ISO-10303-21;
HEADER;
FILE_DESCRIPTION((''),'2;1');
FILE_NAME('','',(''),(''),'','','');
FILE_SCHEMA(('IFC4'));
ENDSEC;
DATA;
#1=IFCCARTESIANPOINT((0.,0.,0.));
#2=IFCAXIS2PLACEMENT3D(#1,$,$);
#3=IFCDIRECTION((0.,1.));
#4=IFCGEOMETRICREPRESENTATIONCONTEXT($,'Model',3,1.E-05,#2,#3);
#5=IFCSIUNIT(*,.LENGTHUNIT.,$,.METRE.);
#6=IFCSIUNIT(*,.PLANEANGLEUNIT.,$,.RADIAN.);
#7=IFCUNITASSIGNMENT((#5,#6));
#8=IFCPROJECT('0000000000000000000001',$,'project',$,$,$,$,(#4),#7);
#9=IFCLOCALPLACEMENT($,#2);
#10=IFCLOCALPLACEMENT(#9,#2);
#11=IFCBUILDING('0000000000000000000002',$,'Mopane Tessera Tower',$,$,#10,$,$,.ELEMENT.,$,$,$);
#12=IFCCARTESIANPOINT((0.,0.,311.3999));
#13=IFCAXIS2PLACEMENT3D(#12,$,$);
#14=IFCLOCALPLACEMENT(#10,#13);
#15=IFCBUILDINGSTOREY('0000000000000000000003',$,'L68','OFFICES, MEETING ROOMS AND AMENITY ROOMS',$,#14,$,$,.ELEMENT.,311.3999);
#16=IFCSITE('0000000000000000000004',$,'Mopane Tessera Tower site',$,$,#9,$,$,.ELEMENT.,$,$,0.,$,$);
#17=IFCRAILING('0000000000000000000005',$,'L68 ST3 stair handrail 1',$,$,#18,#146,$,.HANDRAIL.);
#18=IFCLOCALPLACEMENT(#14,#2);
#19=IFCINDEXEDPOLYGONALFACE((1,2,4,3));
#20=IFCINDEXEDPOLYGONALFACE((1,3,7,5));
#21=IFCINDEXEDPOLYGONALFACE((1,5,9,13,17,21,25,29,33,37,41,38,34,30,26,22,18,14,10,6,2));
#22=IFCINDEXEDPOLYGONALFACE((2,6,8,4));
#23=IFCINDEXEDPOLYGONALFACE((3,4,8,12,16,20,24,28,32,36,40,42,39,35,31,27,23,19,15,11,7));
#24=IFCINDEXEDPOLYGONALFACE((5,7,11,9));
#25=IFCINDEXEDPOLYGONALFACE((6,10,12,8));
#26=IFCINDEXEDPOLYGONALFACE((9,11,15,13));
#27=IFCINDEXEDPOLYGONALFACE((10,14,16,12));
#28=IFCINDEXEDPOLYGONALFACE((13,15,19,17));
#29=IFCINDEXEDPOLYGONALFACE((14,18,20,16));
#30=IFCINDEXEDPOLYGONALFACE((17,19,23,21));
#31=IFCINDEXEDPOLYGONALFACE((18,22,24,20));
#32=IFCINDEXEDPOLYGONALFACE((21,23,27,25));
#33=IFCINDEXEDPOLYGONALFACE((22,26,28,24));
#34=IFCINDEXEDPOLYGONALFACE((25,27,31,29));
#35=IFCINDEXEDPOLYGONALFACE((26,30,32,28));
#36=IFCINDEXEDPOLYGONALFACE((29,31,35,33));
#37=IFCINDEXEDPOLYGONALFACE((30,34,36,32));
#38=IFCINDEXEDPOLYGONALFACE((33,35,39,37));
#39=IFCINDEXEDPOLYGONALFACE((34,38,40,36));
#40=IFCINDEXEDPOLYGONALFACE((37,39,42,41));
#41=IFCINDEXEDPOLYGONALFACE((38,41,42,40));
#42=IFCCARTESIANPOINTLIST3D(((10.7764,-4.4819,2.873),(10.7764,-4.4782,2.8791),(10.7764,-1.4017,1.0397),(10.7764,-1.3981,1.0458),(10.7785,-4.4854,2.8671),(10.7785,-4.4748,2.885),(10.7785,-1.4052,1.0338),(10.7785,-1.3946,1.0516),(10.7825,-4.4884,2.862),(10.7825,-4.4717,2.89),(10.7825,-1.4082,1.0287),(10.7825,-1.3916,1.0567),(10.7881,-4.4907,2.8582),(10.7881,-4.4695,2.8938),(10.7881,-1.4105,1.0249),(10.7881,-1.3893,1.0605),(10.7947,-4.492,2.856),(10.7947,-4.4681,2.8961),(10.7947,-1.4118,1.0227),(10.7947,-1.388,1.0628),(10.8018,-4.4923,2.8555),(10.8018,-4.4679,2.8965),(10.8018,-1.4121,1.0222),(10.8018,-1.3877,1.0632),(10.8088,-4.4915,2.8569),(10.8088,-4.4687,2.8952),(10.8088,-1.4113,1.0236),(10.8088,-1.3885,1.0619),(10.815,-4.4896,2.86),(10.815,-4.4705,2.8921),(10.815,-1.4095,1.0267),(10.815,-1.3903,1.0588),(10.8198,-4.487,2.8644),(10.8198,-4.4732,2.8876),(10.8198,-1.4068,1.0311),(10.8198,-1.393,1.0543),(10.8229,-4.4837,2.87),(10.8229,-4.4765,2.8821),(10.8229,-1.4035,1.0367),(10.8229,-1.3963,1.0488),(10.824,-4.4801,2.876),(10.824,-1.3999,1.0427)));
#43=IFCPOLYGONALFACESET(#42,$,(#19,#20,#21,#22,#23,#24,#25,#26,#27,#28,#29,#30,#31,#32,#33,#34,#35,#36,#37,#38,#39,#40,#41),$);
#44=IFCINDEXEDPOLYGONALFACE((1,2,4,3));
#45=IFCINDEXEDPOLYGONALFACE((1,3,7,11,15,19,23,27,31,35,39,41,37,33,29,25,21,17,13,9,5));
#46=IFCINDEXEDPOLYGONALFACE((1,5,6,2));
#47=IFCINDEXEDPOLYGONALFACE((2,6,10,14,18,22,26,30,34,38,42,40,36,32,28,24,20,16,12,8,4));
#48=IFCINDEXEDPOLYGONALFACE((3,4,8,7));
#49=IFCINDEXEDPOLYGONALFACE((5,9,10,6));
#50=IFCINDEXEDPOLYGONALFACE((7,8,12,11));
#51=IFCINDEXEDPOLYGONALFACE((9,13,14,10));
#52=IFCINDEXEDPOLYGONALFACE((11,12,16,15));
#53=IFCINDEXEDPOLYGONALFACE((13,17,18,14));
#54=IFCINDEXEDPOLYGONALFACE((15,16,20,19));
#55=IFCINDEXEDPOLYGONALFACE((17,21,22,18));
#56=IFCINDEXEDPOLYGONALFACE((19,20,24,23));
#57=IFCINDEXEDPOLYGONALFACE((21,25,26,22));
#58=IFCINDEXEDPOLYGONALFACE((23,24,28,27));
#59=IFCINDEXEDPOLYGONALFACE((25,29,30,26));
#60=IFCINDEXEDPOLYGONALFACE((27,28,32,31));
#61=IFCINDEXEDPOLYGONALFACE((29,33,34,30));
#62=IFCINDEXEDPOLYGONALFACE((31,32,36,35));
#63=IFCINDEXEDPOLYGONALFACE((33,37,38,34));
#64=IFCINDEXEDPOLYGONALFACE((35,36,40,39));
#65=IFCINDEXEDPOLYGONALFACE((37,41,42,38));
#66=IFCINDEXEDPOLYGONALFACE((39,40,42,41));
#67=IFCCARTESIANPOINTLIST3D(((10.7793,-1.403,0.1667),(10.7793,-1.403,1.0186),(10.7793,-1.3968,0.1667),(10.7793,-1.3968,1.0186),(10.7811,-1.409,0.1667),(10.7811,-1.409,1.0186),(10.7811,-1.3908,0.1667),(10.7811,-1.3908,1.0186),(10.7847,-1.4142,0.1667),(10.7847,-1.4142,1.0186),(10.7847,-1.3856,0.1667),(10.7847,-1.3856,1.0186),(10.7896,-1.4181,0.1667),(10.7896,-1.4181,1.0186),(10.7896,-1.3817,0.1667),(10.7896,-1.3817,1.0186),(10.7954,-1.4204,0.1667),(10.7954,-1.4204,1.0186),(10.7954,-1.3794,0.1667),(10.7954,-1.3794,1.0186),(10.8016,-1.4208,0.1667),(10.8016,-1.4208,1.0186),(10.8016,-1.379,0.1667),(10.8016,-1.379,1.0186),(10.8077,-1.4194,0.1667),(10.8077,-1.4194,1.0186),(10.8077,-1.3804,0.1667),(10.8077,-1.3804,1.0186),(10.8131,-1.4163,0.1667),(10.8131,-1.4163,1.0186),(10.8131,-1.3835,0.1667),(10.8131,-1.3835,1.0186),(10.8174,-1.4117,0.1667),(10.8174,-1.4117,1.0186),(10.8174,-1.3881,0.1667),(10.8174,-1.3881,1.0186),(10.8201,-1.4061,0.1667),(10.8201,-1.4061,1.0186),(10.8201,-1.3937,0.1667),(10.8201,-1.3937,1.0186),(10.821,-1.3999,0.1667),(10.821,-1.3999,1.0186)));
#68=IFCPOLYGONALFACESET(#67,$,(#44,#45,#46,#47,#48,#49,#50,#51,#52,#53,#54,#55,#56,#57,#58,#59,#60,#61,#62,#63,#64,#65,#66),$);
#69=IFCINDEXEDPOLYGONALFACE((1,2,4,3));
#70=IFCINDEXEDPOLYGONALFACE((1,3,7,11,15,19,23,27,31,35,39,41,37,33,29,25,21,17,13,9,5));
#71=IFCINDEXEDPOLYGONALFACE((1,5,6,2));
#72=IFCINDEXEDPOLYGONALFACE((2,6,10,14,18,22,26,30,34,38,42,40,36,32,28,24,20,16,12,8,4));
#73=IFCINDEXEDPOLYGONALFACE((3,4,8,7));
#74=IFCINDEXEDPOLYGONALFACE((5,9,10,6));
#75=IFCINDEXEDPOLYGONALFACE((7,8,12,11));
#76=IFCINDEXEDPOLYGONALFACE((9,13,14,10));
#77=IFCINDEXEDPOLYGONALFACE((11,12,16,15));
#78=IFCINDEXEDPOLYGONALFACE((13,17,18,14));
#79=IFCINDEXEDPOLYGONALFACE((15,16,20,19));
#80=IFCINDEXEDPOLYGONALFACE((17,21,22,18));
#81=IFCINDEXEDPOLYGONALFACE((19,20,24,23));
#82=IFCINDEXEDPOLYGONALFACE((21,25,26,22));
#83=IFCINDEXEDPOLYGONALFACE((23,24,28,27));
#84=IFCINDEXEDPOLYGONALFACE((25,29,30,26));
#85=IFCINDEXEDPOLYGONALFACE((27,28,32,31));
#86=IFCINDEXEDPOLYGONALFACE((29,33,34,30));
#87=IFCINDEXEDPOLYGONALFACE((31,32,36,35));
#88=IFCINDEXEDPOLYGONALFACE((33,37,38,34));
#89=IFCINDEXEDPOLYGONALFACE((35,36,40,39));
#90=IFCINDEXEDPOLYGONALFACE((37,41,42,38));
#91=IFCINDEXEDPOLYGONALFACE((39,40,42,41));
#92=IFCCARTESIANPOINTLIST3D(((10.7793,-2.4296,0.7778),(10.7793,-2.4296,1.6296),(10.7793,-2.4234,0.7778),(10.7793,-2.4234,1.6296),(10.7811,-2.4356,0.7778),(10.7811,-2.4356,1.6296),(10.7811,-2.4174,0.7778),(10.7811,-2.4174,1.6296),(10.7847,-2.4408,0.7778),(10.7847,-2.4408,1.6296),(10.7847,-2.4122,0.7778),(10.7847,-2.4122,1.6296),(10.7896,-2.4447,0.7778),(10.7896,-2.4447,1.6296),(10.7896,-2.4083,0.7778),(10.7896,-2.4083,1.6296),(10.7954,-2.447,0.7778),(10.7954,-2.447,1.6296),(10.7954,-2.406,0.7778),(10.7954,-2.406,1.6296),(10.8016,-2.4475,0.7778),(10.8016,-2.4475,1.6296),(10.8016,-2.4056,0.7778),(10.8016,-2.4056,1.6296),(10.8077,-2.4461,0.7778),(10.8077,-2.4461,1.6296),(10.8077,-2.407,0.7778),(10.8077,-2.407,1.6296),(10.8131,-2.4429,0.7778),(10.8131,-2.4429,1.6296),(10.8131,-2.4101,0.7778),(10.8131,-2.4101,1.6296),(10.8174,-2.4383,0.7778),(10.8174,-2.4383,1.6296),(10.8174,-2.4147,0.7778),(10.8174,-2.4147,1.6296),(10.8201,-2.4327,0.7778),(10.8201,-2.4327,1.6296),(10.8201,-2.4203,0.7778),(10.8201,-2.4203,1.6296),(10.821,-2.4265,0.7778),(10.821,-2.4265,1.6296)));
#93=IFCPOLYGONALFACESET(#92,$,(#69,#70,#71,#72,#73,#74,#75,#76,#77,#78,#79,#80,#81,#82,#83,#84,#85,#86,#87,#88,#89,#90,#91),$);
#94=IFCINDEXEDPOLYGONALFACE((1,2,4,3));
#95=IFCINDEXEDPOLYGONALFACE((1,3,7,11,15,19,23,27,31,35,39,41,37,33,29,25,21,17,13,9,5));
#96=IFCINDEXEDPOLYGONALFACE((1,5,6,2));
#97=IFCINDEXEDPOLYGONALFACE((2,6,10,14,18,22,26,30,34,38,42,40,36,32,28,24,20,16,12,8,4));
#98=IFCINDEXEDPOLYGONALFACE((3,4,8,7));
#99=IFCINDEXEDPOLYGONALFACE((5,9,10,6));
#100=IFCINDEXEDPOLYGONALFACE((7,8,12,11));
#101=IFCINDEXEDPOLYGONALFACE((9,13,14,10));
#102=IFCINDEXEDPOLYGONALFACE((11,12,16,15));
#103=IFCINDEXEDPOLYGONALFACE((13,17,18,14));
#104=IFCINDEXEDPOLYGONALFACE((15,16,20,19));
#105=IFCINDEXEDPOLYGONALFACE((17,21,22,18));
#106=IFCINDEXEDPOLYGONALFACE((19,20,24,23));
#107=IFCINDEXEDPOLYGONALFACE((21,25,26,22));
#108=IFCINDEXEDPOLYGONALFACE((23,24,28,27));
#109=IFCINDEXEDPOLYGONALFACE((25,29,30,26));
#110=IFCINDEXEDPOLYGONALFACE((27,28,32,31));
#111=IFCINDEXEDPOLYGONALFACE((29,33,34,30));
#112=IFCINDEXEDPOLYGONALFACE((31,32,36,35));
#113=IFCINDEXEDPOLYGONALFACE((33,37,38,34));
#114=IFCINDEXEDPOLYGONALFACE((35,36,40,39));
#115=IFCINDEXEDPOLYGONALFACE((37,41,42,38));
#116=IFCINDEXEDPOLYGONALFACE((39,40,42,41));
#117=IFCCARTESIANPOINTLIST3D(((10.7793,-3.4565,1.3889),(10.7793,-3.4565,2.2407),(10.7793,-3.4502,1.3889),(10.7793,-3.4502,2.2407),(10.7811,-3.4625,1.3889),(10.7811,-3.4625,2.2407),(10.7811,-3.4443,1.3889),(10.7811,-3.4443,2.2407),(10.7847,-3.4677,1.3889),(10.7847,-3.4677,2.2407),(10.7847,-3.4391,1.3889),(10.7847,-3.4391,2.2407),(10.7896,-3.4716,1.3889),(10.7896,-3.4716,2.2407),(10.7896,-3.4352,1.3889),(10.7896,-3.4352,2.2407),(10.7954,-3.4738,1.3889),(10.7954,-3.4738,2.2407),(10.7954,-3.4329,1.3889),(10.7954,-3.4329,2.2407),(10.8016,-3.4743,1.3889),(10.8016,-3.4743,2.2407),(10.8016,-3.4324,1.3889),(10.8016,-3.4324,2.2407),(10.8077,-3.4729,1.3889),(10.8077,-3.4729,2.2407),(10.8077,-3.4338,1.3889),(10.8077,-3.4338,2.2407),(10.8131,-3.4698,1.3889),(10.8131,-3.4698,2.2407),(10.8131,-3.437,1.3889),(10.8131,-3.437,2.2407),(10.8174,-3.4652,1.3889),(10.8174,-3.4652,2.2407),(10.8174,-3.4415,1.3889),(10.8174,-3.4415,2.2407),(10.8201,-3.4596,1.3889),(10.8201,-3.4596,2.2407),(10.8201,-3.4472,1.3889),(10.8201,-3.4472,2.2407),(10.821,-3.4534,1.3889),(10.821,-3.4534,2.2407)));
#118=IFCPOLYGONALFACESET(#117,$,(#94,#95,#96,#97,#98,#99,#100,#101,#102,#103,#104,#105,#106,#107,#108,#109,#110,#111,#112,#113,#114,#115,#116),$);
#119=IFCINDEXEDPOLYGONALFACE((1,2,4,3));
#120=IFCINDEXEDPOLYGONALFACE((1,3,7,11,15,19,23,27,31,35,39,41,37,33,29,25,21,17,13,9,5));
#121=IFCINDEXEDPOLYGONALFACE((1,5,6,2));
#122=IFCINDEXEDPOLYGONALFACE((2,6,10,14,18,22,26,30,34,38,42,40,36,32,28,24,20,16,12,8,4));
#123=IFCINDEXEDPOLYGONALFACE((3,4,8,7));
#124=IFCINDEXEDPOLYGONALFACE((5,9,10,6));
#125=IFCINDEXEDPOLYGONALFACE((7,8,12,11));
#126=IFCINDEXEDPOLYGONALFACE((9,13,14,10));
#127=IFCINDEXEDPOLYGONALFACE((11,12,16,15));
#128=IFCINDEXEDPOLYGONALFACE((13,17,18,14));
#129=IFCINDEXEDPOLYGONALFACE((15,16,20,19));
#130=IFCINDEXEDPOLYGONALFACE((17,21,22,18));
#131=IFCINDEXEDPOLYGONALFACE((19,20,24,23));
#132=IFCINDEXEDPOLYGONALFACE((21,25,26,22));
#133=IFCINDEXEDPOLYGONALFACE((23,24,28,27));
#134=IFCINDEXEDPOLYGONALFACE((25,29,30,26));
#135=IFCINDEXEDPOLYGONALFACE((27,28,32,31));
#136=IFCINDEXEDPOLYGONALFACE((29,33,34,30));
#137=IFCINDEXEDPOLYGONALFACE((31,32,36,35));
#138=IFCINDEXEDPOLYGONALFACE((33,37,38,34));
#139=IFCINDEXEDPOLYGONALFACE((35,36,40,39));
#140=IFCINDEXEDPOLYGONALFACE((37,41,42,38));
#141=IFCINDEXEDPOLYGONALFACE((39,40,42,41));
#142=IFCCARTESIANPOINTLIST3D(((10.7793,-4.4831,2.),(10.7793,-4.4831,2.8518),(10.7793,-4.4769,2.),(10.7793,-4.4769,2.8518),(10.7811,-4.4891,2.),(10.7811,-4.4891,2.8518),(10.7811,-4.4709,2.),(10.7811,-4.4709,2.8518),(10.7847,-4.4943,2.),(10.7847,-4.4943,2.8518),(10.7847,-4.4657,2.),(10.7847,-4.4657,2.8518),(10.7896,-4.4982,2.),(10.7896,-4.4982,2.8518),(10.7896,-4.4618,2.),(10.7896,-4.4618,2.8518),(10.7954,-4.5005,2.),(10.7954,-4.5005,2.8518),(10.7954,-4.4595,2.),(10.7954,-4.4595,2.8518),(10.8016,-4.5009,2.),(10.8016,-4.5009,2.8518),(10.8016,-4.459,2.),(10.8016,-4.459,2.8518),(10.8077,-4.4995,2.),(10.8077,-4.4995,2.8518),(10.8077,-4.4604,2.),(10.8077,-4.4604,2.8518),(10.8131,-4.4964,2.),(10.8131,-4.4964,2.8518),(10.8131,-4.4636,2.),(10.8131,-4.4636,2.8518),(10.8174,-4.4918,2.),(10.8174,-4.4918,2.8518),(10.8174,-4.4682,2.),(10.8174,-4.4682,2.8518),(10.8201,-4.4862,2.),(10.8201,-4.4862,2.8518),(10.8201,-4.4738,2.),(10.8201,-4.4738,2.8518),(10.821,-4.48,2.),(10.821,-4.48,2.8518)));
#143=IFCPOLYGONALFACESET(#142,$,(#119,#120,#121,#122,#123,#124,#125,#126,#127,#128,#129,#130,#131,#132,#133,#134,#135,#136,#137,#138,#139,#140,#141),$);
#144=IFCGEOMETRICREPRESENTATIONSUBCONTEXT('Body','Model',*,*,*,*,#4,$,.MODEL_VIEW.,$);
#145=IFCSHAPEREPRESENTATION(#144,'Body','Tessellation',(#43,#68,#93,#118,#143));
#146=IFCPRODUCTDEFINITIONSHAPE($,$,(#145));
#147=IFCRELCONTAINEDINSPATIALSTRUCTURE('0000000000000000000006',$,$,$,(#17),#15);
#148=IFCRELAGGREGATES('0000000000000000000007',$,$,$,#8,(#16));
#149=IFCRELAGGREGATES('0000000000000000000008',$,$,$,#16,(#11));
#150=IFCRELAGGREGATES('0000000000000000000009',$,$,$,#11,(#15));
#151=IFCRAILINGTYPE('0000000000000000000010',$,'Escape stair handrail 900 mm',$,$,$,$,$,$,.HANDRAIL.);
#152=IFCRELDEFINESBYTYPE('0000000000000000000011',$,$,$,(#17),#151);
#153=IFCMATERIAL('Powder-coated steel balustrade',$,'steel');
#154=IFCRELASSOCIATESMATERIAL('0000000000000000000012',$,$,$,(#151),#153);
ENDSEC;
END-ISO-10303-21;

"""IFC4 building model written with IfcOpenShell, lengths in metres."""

from ifc_helpers import new_model, si_unit, direction, frame, origin, origin_2d, place, context, subcontext, project, spatial, circle, extrude, material, type_object, element, save


model = new_model("IFC4")

# Units and contexts
model_context = context("Model", 3, precision=1e-05, world=origin(), true_north=direction((0.0, 1.0)))
body_context = subcontext(model_context, "Body", "Model", "MODEL_VIEW")
ifc_project = project(units=[si_unit("LENGTHUNIT", "METRE"), si_unit("PLANEANGLEUNIT", "RADIAN")], contexts=[model_context])

# Site, building, storey
site_placement = place(None, origin())
site = spatial("IfcSite", under=ifc_project, at=site_placement, Name="Mopane Tessera Tower site", CompositionType="ELEMENT", RefElevation=0.0)
building_placement = place(site_placement, origin())
building = spatial("IfcBuilding", under=site, at=building_placement, Name="Mopane Tessera Tower", CompositionType="ELEMENT")
storey_placement = place(building_placement, frame((0.0, 0.0, 311.3999)))
storey = spatial("IfcBuildingStorey", under=building, at=storey_placement, Name="L68", Description="OFFICES, MEETING ROOMS AND AMENITY ROOMS", CompositionType="ELEMENT", Elevation=311.3999)

# Railing
ifc_material_1 = material(Name="Powder-coated steel balustrade", Category="steel")
railing_type_1 = type_object("IfcRailingType", Name="Escape stair handrail 900 mm", PredefinedType="HANDRAIL", material=ifc_material_1)
railing_1_placement = place(storey_placement, frame((10.8, -1.3999, 0.1667)))
element("IfcRailing", 1, at=railing_1_placement, inside=storey, type_object=railing_type_1, Name="L68 ST3 stair handrail 1", PredefinedType="HANDRAIL", context=body_context, shape_type="SweptSolid", body=[
    extrude(circle(Radius=0.0239, at=origin_2d()), frame((0.0, 0.0, 0.876), z_axis=(0.0, -0.859309, 0.511458), x_axis=(1.0, 0.0, 0.0)), (0.0, 0.0, 1.0), 3.5845),
    extrude(circle(Radius=0.021, at=origin_2d()), origin(), (0.0, 0.0, 1.0), 0.8518),
    extrude(circle(Radius=0.021, at=origin_2d()), frame((0.0, -1.0266, 0.6111)), (0.0, 0.0, 1.0), 0.8518),
    extrude(circle(Radius=0.021, at=origin_2d()), frame((0.0, -2.0535, 1.2222)), (0.0, 0.0, 1.0), 0.8518),
    extrude(circle(Radius=0.021, at=origin_2d()), frame((0.0, -3.0801, 1.8333)), (0.0, 0.0, 1.0), 0.8518),
])

save(model, "model.ifc")
